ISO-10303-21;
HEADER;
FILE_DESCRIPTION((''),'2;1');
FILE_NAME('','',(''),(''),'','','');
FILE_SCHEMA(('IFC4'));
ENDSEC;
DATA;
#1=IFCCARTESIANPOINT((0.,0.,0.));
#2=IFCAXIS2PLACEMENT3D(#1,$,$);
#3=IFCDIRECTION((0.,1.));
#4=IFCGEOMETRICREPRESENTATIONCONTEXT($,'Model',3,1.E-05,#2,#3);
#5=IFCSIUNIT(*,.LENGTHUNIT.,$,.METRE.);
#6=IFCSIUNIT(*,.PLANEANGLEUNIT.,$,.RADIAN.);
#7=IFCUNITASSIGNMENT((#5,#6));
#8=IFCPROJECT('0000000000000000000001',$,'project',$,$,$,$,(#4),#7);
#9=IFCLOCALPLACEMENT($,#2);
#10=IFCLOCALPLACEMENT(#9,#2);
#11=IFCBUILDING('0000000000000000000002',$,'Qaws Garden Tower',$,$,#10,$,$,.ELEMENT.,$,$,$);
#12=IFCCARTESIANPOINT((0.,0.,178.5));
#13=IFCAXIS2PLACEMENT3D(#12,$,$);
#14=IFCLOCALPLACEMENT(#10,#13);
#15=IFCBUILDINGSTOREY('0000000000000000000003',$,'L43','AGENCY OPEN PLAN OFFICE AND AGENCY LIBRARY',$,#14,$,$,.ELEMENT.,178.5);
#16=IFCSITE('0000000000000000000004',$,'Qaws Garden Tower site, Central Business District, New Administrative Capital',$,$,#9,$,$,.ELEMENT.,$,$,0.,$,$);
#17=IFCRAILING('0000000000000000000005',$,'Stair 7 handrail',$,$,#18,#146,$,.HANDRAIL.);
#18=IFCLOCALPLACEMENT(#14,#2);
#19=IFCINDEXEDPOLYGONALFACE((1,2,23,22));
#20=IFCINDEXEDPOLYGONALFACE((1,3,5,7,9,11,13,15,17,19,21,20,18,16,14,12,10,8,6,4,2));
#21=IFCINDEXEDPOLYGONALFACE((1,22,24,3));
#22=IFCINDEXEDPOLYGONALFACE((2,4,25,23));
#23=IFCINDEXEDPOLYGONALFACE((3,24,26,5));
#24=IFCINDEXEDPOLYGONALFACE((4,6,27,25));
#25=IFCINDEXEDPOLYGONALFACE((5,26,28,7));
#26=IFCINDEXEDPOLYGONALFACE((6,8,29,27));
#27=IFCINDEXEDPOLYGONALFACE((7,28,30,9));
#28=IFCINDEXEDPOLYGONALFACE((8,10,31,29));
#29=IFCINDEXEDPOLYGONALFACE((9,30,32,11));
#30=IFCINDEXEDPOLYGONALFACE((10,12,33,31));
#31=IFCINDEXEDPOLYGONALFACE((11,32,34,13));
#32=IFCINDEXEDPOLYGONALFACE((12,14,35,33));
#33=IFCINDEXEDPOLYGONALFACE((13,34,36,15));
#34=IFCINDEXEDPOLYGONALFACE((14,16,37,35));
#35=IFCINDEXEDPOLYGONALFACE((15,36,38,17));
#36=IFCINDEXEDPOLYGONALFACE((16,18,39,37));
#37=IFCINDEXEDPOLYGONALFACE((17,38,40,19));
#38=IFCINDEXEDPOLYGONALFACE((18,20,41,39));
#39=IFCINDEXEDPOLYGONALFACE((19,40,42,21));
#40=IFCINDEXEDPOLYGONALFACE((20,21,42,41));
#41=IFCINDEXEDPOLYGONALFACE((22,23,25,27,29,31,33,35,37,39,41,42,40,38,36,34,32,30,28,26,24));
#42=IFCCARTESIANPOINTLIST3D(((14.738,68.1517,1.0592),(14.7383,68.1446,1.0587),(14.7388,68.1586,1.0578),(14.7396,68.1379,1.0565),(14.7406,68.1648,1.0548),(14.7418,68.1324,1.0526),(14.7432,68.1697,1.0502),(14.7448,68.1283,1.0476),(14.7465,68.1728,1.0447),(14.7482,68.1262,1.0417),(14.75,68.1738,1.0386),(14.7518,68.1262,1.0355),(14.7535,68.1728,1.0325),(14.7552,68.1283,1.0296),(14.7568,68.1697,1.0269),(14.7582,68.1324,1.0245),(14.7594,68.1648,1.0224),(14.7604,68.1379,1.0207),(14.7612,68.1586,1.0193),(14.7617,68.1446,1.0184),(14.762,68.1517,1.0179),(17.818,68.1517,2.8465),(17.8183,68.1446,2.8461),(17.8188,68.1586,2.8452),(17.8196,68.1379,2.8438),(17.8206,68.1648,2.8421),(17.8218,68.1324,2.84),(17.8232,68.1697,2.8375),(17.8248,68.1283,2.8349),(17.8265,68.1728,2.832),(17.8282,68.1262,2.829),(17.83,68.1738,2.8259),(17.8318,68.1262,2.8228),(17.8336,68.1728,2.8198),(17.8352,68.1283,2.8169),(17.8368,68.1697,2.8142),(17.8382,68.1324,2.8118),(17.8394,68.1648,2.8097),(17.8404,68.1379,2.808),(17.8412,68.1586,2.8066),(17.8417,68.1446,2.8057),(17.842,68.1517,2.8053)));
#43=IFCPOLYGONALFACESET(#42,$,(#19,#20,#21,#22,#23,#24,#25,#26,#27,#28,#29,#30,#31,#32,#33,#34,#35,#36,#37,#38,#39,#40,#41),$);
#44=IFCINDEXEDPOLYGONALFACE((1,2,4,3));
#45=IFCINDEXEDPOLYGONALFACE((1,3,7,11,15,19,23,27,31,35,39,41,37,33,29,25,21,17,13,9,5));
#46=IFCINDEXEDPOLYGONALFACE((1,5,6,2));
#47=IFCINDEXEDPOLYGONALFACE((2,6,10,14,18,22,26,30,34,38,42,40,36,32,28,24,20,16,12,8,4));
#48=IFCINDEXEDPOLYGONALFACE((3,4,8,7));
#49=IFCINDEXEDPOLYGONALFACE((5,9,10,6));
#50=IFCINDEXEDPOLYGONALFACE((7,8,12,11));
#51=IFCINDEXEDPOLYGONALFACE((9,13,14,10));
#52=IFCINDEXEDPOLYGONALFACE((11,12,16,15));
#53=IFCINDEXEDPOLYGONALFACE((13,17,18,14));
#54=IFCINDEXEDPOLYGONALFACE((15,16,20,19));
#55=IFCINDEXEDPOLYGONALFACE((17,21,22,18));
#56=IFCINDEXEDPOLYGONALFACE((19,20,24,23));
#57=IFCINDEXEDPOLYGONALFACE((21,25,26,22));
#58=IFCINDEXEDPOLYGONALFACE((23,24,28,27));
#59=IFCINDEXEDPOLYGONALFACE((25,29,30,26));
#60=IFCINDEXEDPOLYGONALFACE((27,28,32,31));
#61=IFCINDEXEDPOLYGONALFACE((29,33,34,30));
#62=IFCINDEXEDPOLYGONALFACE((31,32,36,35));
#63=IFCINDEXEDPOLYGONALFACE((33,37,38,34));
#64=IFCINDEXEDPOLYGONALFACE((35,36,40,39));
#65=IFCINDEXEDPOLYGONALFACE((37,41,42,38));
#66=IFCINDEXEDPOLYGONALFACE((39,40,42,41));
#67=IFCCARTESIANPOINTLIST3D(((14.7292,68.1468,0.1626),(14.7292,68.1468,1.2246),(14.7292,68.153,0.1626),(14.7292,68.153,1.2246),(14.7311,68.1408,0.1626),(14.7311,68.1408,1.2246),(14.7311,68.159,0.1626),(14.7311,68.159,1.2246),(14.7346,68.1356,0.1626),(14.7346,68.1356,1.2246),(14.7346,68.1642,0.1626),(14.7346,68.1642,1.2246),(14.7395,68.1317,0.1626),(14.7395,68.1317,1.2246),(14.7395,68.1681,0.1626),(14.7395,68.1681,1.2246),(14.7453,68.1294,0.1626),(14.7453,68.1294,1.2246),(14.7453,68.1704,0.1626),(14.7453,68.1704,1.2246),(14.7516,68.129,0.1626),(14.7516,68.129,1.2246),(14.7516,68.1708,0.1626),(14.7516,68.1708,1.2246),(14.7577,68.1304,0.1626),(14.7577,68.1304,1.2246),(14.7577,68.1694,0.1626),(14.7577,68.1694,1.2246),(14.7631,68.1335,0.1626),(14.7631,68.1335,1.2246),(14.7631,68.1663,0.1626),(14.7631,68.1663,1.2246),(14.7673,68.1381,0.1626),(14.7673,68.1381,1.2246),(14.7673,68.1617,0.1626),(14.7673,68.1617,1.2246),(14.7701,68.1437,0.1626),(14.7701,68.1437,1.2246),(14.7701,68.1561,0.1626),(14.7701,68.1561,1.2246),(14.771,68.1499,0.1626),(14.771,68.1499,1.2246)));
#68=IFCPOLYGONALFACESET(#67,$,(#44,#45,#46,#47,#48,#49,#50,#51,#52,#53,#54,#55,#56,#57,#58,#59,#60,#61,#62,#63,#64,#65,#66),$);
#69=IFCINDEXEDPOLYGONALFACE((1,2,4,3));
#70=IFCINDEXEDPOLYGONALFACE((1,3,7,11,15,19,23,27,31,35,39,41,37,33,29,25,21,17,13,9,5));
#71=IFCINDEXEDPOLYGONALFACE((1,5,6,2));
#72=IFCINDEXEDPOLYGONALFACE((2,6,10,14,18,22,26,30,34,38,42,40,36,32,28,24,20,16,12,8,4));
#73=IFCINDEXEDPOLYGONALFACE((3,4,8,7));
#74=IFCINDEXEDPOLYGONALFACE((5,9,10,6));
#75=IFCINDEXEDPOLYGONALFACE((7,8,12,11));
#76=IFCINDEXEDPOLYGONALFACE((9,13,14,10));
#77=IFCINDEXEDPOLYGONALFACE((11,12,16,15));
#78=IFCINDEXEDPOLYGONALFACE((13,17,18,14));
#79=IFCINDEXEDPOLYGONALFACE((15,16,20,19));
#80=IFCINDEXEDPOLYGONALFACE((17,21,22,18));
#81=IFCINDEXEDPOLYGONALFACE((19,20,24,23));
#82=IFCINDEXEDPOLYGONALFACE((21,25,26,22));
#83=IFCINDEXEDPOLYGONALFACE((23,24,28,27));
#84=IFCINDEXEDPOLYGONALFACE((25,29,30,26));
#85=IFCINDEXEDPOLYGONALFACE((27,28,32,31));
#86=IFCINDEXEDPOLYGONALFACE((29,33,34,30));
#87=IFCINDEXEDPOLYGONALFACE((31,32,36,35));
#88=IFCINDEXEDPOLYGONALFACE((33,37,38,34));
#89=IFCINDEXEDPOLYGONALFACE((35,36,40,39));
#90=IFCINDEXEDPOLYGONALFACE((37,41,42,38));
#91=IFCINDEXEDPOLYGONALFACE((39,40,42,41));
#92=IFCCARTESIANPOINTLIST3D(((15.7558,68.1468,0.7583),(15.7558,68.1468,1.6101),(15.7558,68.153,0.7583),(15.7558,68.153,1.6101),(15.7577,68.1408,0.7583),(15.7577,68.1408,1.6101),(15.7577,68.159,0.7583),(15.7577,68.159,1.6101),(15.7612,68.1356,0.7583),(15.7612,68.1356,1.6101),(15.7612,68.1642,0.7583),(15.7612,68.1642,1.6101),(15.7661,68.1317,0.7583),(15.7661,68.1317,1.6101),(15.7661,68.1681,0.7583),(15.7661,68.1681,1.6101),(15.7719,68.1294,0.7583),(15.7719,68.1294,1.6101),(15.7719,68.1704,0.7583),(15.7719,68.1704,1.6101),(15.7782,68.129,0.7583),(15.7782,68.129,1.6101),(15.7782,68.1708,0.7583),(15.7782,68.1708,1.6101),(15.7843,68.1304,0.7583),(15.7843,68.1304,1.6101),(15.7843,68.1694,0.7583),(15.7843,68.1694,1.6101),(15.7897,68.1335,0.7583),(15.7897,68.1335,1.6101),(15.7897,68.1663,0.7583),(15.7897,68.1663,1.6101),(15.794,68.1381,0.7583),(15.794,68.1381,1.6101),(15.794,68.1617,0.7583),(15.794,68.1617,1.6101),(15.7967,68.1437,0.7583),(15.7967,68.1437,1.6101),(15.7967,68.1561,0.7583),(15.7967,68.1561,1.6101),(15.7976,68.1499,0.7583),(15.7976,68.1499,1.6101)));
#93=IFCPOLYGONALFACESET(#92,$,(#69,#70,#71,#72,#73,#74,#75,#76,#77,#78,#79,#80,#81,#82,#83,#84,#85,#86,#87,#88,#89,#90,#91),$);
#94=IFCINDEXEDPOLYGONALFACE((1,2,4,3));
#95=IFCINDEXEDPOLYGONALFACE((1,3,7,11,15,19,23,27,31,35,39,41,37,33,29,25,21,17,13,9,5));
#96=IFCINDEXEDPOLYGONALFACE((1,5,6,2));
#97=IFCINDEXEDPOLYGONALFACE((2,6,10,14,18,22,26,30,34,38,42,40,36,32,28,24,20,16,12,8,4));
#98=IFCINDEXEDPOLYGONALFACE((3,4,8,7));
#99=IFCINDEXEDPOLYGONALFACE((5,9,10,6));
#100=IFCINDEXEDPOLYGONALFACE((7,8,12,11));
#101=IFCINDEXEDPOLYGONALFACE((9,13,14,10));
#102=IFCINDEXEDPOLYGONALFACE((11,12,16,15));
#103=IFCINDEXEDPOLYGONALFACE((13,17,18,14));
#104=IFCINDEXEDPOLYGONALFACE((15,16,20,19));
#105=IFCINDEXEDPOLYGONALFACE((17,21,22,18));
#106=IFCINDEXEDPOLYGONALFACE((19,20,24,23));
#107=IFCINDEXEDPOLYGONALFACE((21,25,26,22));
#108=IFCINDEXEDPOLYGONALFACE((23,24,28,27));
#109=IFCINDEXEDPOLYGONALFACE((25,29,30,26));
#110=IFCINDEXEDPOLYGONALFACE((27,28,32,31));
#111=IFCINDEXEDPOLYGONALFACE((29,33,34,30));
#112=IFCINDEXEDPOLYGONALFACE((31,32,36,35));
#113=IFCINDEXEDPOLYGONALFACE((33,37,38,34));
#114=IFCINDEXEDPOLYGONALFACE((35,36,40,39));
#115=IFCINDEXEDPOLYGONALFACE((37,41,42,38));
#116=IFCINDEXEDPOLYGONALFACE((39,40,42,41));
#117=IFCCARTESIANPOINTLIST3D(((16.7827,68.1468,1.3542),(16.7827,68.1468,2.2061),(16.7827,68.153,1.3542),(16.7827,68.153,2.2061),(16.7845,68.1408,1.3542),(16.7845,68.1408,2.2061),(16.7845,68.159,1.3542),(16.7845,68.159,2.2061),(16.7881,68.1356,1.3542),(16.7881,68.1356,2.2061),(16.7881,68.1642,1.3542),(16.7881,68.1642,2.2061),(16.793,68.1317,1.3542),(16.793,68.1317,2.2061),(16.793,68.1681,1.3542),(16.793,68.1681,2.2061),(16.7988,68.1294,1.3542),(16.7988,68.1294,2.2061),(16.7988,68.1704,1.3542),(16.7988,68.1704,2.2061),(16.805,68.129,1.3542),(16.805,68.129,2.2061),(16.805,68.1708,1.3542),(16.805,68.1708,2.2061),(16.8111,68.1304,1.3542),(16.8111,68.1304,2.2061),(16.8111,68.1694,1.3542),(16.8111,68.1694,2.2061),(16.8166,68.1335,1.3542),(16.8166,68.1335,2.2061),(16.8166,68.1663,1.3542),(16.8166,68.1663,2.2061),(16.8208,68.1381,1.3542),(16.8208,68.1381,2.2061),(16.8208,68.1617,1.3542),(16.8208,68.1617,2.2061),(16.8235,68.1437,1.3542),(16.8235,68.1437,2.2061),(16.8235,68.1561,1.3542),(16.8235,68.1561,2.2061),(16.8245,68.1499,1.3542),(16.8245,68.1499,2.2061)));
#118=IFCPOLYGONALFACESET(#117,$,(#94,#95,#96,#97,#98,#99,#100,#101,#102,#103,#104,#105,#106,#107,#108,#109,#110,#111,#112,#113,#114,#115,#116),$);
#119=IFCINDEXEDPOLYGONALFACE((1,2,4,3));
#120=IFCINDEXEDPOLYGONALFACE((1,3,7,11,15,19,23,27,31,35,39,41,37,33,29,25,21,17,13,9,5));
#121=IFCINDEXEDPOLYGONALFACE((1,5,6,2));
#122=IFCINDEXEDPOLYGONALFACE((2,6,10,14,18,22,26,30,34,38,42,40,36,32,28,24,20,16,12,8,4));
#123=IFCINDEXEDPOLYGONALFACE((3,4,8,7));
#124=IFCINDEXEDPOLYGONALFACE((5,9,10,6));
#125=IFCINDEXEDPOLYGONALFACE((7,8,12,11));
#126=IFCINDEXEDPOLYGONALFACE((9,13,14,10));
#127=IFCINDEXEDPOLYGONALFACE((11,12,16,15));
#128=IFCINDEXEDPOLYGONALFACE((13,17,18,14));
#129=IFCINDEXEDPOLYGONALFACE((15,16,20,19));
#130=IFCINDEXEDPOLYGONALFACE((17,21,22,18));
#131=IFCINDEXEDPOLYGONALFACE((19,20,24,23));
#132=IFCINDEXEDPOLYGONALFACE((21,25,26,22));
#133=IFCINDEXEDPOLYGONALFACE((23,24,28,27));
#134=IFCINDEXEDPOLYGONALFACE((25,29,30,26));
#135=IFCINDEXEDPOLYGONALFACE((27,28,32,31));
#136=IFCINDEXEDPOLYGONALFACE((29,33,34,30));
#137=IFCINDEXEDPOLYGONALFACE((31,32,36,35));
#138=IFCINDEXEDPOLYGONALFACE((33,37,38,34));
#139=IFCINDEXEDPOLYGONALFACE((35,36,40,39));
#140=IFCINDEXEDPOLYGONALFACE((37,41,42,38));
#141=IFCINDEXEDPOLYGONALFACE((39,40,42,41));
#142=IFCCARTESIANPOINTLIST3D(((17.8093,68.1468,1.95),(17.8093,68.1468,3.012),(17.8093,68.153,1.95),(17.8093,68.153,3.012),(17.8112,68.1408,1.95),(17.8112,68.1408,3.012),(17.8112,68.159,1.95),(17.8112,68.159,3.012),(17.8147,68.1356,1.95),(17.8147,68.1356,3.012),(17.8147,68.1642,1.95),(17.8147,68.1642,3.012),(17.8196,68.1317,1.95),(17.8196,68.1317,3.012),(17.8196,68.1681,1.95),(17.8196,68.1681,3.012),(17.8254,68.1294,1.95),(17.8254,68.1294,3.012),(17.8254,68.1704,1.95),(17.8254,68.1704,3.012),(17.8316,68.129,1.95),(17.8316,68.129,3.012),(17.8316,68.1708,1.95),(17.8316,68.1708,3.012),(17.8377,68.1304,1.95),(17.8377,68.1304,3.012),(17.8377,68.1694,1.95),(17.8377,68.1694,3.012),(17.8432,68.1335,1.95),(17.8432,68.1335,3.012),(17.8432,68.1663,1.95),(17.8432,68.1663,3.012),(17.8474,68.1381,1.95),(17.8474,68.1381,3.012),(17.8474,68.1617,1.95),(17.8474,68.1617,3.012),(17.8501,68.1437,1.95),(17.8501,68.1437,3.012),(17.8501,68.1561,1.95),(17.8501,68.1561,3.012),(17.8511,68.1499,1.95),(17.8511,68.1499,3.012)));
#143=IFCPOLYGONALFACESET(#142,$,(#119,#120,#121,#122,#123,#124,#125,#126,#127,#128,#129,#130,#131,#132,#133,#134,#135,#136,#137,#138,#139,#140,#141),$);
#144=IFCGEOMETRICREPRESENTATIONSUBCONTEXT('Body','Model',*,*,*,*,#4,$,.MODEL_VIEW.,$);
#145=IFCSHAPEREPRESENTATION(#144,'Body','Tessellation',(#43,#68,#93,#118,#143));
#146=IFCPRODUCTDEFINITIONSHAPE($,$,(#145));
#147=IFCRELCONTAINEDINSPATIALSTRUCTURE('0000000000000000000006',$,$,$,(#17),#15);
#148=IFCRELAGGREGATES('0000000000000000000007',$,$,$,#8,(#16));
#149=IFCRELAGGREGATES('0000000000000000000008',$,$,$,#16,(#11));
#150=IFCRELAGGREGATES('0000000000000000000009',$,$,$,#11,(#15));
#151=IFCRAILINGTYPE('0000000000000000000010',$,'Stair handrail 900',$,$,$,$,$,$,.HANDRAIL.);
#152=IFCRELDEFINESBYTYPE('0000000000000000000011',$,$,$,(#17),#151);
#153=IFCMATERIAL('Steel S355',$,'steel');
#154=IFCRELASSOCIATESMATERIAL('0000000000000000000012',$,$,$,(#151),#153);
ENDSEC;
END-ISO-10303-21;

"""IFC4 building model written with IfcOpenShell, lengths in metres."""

from ifc_helpers import new_model, si_unit, direction, frame, origin, origin_2d, place, context, subcontext, project, spatial, circle, extrude, material, type_object, element, save


model = new_model("IFC4")

# Units and contexts
model_context = context("Model", 3, precision=1e-05, world=origin(), true_north=direction((0.0, 1.0)))
body_context = subcontext(model_context, "Body", "Model", "MODEL_VIEW")
ifc_project = project(units=[si_unit("LENGTHUNIT", "METRE"), si_unit("PLANEANGLEUNIT", "RADIAN")], contexts=[model_context])

# Site, building, storey
site_placement = place(None, origin())
site = spatial("IfcSite", under=ifc_project, at=site_placement, Name="Qaws Garden Tower site, Central Business District, New Administrative Capital", CompositionType="ELEMENT", RefElevation=0.0)
building_placement = place(site_placement, origin())
building = spatial("IfcBuilding", under=site, at=building_placement, Name="Qaws Garden Tower", CompositionType="ELEMENT")
storey_placement = place(building_placement, frame((0.0, 0.0, 178.5)))
storey = spatial("IfcBuildingStorey", under=building, at=storey_placement, Name="L43", Description="AGENCY OPEN PLAN OFFICE AND AGENCY LIBRARY", CompositionType="ELEMENT", Elevation=178.5)

# Railing
ifc_material_1 = material(Name="Steel S355", Category="steel")
railing_type = type_object("IfcRailingType", Name="Stair handrail 900", PredefinedType="HANDRAIL", material=ifc_material_1)
railing_1_placement = place(storey_placement, frame((14.75, 68.1499, 0.1626)))
element("IfcRailing", 1, at=railing_1_placement, inside=storey, type_object=railing_type, Name="Stair 7 handrail", PredefinedType="HANDRAIL", context=body_context, shape_type="SweptSolid", body=[
    extrude(circle(Radius=0.0239, at=origin_2d()), frame((0.0, 0.0, 0.876), z_axis=(0.86492, 0.0, 0.501909), x_axis=(0.0, 1.0, 0.0)), (0.0, 0.0, 1.0), 3.561),
    extrude(circle(Radius=0.021, at=origin_2d()), origin(), (0.0, 0.0, 1.0), 1.062),
    extrude(circle(Radius=0.021, at=origin_2d()), frame((1.0266, 0.0, 0.5957)), (0.0, 0.0, 1.0), 0.8518),
    extrude(circle(Radius=0.021, at=origin_2d()), frame((2.0535, 0.0, 1.1917)), (0.0, 0.0, 1.0), 0.8518),
    extrude(circle(Radius=0.021, at=origin_2d()), frame((3.0801, 0.0, 1.7874)), (0.0, 0.0, 1.0), 1.062),
])

save(model, "model.ifc")
